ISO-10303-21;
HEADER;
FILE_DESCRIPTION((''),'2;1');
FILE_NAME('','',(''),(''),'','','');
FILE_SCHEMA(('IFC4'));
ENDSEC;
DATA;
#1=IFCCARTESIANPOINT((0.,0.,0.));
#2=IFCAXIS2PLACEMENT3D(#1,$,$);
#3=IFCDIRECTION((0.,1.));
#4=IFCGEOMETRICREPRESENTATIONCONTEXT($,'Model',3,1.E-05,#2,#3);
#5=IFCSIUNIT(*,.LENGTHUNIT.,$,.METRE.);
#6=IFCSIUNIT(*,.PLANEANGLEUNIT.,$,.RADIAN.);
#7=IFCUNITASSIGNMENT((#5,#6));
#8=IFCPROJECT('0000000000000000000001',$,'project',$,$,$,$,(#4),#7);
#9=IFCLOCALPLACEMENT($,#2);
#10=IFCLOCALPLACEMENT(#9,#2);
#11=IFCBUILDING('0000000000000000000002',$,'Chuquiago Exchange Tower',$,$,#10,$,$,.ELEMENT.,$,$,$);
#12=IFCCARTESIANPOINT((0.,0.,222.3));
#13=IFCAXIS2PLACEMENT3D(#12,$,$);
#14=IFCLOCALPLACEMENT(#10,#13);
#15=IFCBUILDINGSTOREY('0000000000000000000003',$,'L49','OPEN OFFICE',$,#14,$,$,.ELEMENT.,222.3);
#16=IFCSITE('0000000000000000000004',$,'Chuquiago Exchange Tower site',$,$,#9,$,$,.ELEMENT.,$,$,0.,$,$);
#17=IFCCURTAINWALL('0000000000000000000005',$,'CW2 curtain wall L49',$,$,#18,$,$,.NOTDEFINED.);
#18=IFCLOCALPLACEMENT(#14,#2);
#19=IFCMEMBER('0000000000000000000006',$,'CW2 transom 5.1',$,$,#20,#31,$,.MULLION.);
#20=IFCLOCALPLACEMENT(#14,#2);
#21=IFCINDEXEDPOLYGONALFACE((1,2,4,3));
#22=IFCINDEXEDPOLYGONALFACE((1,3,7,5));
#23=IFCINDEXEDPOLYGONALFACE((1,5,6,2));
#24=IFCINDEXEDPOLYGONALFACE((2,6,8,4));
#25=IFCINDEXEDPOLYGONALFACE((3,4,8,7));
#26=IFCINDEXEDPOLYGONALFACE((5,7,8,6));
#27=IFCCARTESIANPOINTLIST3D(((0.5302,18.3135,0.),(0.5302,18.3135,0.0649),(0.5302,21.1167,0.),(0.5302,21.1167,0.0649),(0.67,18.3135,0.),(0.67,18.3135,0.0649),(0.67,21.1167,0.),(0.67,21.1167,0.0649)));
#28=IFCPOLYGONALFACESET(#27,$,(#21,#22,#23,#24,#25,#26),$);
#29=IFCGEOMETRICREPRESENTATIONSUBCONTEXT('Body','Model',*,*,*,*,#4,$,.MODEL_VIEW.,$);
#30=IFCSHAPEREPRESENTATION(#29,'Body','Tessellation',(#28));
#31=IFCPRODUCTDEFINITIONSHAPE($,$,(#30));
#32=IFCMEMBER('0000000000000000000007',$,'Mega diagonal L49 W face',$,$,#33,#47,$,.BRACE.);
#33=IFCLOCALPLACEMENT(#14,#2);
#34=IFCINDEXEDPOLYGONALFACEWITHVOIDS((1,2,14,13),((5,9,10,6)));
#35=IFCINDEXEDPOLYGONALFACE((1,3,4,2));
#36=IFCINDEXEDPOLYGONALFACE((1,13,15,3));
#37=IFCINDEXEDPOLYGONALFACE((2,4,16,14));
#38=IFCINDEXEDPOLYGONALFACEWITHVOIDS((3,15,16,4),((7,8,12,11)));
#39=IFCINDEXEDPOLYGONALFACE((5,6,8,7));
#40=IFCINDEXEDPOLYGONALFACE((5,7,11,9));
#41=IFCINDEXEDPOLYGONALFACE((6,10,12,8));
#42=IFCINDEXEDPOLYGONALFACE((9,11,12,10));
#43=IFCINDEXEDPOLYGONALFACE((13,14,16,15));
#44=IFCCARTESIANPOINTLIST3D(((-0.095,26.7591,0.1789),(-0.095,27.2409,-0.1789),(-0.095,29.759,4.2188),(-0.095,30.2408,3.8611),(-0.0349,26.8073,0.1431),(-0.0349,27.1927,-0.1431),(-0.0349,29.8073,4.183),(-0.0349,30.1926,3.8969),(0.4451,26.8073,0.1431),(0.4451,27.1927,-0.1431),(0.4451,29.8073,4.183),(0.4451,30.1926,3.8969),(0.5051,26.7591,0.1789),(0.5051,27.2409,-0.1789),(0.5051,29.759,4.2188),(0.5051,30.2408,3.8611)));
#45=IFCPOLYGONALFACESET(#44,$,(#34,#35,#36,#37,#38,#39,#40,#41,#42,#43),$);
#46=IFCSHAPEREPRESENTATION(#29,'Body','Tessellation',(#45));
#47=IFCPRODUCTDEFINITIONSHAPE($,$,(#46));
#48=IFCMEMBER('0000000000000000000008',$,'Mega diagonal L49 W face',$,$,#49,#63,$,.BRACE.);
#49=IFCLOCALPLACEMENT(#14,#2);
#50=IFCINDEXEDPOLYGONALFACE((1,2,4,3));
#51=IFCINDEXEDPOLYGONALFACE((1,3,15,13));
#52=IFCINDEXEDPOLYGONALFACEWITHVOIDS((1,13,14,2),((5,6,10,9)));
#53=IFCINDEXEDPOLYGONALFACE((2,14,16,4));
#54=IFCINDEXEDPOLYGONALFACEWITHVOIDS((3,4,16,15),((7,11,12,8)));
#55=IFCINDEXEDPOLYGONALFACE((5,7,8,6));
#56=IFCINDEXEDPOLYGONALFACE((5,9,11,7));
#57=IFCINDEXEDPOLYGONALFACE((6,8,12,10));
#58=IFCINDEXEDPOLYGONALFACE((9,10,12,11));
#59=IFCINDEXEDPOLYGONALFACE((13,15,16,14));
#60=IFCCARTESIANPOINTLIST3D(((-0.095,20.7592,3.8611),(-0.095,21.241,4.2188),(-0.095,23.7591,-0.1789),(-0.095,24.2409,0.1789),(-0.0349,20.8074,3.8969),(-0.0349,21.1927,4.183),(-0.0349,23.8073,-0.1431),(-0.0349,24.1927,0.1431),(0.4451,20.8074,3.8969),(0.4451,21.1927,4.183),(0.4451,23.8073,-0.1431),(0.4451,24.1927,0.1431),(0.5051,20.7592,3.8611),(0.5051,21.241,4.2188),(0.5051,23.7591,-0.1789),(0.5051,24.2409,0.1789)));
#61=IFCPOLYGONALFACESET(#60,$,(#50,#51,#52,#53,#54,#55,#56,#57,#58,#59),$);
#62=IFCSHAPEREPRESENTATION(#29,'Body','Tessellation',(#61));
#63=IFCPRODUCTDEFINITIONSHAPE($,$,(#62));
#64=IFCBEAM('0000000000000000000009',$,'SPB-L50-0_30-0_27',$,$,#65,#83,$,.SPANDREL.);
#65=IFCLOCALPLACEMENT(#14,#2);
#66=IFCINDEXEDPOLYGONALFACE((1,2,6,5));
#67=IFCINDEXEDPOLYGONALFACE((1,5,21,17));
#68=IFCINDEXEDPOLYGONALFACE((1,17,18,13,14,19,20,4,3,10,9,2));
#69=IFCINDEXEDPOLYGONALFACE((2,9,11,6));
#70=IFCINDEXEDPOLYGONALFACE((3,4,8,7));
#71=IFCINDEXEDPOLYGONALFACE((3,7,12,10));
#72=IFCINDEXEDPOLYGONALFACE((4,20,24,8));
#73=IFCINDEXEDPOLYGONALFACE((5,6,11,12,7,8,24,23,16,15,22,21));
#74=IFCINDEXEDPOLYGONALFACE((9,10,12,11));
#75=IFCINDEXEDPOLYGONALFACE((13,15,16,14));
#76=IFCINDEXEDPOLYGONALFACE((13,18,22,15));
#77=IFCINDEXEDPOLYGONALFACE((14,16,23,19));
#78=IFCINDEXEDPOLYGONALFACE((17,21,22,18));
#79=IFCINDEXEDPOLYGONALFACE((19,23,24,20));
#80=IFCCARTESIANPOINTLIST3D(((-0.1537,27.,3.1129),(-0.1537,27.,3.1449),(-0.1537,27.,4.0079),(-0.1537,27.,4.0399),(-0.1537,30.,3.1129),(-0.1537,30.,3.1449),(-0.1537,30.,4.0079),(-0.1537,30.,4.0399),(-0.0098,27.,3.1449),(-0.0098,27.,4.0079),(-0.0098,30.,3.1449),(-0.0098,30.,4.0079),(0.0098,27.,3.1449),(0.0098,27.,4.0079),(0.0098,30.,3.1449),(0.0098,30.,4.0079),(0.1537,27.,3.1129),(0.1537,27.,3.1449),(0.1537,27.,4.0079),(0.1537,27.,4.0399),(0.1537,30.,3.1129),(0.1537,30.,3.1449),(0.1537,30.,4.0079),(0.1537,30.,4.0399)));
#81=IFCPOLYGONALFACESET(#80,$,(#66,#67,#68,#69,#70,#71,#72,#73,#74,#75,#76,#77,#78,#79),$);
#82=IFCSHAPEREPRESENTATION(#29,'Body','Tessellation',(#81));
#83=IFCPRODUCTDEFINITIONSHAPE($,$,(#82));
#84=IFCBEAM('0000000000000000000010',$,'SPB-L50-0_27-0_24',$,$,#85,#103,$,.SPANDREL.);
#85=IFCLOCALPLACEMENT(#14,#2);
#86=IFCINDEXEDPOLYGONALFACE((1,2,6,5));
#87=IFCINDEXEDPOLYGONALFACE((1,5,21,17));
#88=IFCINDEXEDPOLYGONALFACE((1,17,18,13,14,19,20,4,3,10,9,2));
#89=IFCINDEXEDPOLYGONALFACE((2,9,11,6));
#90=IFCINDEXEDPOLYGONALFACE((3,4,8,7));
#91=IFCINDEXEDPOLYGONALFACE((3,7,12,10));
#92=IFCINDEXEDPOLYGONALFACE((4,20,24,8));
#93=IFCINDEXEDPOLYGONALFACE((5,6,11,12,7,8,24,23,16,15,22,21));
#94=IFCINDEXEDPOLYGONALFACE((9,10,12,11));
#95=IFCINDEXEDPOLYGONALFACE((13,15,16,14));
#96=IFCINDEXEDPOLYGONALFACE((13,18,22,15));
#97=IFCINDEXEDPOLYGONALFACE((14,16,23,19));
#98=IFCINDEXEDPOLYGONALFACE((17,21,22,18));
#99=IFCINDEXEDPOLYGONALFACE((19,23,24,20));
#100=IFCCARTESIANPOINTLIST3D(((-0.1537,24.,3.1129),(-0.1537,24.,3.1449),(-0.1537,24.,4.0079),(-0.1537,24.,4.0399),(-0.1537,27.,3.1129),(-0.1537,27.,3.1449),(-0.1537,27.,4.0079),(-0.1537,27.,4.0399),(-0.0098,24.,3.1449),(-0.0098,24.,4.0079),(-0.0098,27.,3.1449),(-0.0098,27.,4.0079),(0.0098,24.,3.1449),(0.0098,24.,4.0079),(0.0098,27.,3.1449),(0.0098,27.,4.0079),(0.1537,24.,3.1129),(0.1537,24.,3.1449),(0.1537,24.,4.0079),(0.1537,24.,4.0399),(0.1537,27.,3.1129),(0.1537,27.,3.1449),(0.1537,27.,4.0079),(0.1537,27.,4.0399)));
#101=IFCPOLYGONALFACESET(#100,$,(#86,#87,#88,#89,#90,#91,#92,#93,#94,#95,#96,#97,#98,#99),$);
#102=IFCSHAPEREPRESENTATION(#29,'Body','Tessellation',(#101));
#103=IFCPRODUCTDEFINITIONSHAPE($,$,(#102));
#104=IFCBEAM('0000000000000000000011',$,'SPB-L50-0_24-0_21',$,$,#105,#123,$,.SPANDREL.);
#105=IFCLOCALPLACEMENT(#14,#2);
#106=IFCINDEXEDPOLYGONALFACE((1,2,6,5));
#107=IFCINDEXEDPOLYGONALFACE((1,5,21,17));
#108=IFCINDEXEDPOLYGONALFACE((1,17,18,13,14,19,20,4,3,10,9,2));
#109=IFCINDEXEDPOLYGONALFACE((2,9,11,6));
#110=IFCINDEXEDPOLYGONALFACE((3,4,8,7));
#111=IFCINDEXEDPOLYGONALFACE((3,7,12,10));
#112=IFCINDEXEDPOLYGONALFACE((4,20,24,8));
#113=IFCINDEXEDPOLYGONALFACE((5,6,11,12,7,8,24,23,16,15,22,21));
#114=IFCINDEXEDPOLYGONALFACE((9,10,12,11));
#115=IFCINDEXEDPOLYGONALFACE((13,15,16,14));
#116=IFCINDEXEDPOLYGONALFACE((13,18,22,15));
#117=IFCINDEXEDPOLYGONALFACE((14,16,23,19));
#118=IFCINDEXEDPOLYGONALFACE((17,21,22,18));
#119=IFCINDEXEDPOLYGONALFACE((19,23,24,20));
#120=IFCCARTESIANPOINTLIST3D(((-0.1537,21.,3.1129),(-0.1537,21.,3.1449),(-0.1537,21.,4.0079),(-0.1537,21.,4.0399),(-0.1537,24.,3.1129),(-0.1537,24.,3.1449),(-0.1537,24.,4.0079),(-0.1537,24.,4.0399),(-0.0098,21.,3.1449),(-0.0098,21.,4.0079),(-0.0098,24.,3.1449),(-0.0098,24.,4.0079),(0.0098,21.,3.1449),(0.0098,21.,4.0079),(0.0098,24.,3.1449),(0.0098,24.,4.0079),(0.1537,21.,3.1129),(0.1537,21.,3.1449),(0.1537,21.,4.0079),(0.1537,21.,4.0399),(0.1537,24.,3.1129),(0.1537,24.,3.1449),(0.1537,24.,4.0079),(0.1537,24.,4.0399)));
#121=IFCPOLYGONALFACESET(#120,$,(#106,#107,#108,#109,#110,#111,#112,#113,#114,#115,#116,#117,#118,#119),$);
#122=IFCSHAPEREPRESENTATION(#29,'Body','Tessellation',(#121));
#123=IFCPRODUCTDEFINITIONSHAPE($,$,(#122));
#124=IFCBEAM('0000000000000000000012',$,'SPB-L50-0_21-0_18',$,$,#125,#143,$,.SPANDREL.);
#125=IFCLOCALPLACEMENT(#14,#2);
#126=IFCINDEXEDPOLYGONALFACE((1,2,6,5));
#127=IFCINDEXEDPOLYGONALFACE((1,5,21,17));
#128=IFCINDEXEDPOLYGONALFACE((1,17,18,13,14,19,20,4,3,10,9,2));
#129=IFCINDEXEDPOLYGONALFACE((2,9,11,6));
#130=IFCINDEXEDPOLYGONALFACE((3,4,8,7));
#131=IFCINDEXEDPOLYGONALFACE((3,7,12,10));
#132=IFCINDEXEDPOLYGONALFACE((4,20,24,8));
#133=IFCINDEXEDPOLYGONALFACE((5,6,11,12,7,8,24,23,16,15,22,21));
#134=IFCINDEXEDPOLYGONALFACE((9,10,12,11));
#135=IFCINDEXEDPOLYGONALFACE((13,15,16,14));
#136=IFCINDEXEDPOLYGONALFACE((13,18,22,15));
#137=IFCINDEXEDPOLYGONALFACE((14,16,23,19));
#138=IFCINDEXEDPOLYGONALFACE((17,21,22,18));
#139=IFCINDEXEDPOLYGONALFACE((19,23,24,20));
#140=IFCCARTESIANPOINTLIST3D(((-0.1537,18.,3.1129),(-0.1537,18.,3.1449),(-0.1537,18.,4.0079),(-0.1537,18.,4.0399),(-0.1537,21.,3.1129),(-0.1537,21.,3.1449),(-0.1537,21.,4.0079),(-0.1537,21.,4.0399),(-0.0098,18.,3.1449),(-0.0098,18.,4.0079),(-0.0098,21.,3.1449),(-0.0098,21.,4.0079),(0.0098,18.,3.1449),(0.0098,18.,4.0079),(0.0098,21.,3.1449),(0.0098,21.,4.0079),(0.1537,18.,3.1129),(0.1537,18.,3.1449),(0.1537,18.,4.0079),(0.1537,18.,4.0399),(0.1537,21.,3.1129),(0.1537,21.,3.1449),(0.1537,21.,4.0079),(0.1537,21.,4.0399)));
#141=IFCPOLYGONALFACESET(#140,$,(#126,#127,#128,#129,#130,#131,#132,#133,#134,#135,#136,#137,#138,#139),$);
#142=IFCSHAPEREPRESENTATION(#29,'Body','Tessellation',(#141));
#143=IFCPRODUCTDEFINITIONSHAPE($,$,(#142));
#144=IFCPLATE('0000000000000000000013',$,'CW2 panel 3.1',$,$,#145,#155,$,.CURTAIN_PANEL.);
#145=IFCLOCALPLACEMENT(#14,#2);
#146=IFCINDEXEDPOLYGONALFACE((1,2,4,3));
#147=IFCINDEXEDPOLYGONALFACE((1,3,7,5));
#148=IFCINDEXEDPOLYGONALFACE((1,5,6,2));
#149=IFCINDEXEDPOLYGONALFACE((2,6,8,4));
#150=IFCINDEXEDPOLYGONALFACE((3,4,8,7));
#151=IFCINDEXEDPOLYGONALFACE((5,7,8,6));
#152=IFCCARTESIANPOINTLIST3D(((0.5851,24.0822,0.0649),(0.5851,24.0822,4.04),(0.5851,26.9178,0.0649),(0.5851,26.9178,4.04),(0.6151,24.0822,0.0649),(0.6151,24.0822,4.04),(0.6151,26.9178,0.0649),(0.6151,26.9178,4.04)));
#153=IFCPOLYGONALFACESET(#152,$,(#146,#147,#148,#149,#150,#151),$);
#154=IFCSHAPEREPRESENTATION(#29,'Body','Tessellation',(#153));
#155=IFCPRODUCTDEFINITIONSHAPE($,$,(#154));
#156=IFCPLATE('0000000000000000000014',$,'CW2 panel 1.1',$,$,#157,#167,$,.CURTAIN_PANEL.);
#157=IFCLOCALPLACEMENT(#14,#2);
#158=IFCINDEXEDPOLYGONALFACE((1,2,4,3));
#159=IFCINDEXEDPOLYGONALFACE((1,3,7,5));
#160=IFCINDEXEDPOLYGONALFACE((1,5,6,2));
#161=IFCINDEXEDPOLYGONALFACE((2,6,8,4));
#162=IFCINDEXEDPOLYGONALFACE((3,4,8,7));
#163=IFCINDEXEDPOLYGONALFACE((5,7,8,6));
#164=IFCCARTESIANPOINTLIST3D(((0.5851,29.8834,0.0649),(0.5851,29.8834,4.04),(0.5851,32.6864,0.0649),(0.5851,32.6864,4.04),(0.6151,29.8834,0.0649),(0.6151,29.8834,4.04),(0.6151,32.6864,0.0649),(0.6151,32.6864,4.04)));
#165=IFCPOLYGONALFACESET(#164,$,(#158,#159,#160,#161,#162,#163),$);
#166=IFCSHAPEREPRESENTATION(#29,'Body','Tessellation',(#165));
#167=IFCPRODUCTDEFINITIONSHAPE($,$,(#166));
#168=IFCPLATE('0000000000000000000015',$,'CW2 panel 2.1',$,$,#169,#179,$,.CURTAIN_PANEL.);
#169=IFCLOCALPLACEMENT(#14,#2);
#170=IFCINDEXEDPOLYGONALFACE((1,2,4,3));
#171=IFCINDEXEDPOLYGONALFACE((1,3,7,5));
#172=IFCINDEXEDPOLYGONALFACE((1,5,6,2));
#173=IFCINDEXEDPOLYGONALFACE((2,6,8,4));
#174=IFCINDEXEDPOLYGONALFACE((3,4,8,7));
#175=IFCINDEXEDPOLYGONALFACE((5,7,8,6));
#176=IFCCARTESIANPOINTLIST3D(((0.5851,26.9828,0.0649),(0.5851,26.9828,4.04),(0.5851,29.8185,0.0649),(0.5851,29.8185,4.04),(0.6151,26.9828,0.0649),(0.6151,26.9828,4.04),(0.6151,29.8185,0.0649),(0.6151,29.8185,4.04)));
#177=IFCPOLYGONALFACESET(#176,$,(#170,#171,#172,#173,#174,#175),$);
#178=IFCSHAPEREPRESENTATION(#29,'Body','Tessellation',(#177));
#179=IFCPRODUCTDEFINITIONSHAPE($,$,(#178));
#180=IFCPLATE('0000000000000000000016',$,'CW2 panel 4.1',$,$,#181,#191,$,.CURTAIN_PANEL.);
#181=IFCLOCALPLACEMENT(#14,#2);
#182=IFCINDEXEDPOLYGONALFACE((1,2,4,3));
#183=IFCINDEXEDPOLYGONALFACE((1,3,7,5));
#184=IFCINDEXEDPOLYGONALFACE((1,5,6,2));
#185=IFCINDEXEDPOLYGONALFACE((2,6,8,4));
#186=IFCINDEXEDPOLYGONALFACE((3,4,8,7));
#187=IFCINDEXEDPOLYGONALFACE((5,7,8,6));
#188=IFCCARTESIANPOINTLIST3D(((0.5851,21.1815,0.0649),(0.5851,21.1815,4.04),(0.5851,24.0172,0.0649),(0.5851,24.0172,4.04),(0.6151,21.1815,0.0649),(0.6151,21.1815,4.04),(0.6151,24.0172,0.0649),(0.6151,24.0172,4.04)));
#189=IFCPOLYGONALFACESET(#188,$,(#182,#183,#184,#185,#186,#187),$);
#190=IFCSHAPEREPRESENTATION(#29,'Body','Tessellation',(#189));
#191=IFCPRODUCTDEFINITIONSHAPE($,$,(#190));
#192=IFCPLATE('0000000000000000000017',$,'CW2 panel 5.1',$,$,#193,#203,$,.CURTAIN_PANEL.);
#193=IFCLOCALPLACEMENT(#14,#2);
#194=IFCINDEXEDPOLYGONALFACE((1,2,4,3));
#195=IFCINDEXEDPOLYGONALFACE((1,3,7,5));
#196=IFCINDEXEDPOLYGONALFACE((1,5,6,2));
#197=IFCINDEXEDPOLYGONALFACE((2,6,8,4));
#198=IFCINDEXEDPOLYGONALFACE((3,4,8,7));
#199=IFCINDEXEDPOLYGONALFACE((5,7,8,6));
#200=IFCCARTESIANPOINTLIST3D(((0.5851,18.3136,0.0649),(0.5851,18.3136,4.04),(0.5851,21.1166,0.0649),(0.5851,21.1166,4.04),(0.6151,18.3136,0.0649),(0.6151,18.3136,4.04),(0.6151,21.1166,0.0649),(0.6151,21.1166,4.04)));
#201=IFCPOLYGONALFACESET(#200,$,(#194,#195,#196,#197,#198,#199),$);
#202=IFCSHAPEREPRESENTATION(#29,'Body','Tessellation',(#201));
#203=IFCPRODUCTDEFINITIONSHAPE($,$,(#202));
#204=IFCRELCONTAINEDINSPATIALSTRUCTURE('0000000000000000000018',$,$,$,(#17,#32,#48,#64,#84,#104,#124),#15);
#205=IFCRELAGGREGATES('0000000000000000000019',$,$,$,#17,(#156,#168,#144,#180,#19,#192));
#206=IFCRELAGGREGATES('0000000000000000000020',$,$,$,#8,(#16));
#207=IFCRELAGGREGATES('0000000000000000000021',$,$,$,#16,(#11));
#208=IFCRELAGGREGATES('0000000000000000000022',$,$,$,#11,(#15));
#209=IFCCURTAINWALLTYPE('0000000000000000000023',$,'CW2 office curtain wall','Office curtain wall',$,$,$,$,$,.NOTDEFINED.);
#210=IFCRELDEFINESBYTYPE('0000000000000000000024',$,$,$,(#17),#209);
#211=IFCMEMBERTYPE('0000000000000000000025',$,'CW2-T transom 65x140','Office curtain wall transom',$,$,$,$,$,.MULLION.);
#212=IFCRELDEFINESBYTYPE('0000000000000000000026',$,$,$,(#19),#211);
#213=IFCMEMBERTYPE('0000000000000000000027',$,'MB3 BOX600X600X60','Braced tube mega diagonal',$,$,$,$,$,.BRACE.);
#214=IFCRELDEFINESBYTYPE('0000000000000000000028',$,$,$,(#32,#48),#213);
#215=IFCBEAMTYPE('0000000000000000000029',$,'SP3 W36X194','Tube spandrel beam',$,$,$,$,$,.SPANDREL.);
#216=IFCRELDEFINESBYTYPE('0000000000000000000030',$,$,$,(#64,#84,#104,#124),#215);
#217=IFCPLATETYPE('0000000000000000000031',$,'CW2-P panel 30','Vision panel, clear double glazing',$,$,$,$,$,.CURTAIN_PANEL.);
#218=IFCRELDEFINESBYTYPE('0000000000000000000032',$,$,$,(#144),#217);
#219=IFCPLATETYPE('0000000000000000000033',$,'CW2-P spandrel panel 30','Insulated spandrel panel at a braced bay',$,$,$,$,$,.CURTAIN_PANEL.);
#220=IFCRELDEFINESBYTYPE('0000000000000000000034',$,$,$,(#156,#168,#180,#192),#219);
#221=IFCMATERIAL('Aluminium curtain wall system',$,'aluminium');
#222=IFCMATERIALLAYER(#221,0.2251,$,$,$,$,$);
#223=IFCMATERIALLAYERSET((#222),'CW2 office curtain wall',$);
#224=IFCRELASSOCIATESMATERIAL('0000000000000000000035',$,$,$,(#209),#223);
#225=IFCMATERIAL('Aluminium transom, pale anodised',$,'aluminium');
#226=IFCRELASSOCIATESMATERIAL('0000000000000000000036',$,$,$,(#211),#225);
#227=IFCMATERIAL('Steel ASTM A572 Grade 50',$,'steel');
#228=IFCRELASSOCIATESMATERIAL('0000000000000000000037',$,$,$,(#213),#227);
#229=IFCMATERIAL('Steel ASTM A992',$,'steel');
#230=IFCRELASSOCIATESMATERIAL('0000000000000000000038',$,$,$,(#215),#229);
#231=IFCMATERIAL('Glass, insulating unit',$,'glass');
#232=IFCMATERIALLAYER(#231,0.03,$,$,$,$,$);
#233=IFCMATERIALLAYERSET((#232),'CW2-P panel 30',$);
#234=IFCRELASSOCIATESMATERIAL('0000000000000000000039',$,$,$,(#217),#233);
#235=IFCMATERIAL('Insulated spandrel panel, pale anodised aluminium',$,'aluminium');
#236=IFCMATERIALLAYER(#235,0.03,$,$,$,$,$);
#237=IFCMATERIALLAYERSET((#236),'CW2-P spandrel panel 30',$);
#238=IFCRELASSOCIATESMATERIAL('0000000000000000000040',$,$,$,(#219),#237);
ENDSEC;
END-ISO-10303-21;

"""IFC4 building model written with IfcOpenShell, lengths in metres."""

from ifc_helpers import new_model, si_unit, direction, frame, origin, origin_2d, place, context, subcontext, project, spatial, rectangle, hollow_rectangle, i_section, extrude, material, layer, layer_set, material_profile, profile_set, type_object, element, aggregate, save


model = new_model("IFC4")

# Units and contexts
model_context = context("Model", 3, precision=1e-05, world=origin(), true_north=direction((0.0, 1.0)))
body_context = subcontext(model_context, "Body", "Model", "MODEL_VIEW")
ifc_project = project(units=[si_unit("LENGTHUNIT", "METRE"), si_unit("PLANEANGLEUNIT", "RADIAN")], contexts=[model_context])

# Site, building, storey
site_placement = place(None, origin())
site = spatial("IfcSite", under=ifc_project, at=site_placement, Name="Chuquiago Exchange Tower site", CompositionType="ELEMENT", RefElevation=0.0)
building_placement = place(site_placement, origin())
building = spatial("IfcBuilding", under=site, at=building_placement, Name="Chuquiago Exchange Tower", CompositionType="ELEMENT")
storey_placement = place(building_placement, frame((0.0, 0.0, 222.3)))
storey = spatial("IfcBuildingStorey", under=building, at=storey_placement, Name="L49", Description="OPEN OFFICE", CompositionType="ELEMENT", Elevation=222.3)

# Curtain wall, member
ifc_material_1 = material(Name="Aluminium curtain wall system", Category="aluminium")
ifc_layer_1 = layer(ifc_material_1, 0.2251)
ifc_layer_set_1 = layer_set([ifc_layer_1], Name="CW2 office curtain wall")
curtain_wall_type = type_object("IfcCurtainWallType", Name="CW2 office curtain wall", Description="Office curtain wall", PredefinedType="NOTDEFINED", material=ifc_layer_set_1)
curtain_wall_placement = place(storey_placement, origin())
curtain_wall = element("IfcCurtainWall", 1, at=curtain_wall_placement, inside=storey, type_object=curtain_wall_type, Name="CW2 curtain wall L49", PredefinedType="NOTDEFINED")
ifc_material_2 = material(Name="Aluminium transom, pale anodised", Category="aluminium")
ifc_material_profile_1 = material_profile(ifc_material_2, rectangle(XDim=0.1399, YDim=0.0649, at=origin_2d()), Name="AL 140x65")
ifc_profile_set_1 = profile_set([ifc_material_profile_1], Name="Aluminium transom, pale anodised")
member_type_1 = type_object("IfcMemberType", Name="CW2-T transom 65x140", Description="Office curtain wall transom", PredefinedType="MULLION", material=ifc_profile_set_1)
member_1_placement = place(storey_placement, frame((0.6001, 21.1167, 0.0325), z_axis=(0.0, -1.0, 0.0), x_axis=(1.0, 0.0, 0.0)))
member_1 = element("IfcMember", 2, at=member_1_placement, type_object=member_type_1, Name="CW2 transom 5.1", PredefinedType="MULLION", context=body_context, shape_type="SweptSolid", body=[
    extrude(rectangle(XDim=0.1399, YDim=0.0649, at=origin_2d()), origin(), (0.0, 0.0, 1.0), 2.8032),
])

# Members
ifc_material_3 = material(Name="Steel ASTM A572 Grade 50", Category="steel")
ifc_material_profile_2 = material_profile(ifc_material_3, hollow_rectangle(XDim=0.6001, YDim=0.6001, WallThickness=0.0601, at=origin_2d()), Name="BOX600X600X60")
ifc_profile_set_2 = profile_set([ifc_material_profile_2], Name="Steel ASTM A572 Grade 50")
member_type_2 = type_object("IfcMemberType", Name="MB3 BOX600X600X60", Description="Braced tube mega diagonal", PredefinedType="BRACE", material=ifc_profile_set_2)
for number, where, z_axis, x_axis, name in (
    (3, (0.2051, 27.0, 0.0), (0.0, 0.596174, 0.802855), (-1.0, 0.0, 0.0), "Mega diagonal L49 W face"),
    (4, (0.2051, 24.0, 0.0), (0.0, -0.596174, 0.802855), (1.0, 0.0, 0.0), "Mega diagonal L49 W face"),
):
    element("IfcMember", number, at=place(storey_placement, frame(where, z_axis=z_axis, x_axis=x_axis)), inside=storey, type_object=member_type_2, Name=name, PredefinedType="BRACE", context=body_context, shape_type="SweptSolid", body=[
        extrude(hollow_rectangle(XDim=0.6001, YDim=0.6001, WallThickness=0.0601, at=origin_2d()), origin(), (0.0, 0.0, 1.0), 5.032),
    ])

# Beams
ifc_material_4 = material(Name="Steel ASTM A992", Category="steel")
ifc_material_profile_3 = material_profile(ifc_material_4, i_section(OverallWidth=0.3074, OverallDepth=0.927, WebThickness=0.0195, FlangeThickness=0.032, at=origin_2d()), Name="W36X194")
ifc_profile_set_3 = profile_set([ifc_material_profile_3], Name="Steel ASTM A992")
beam_type = type_object("IfcBeamType", Name="SP3 W36X194", Description="Tube spandrel beam", PredefinedType="SPANDREL", material=ifc_profile_set_3)
for number, where, z_axis, x_axis, name in (
    (5, (0.0, 30.0, 3.5764), (0.0, -1.0, 0.0), (1.0, 0.0, 0.0), "SPB-L50-0_30-0_27"),
    (6, (0.0, 27.0, 3.5764), (0.0, -1.0, 0.0), (1.0, 0.0, 0.0), "SPB-L50-0_27-0_24"),
    (7, (0.0, 24.0, 3.5764), (0.0, -1.0, 0.0), (1.0, 0.0, 0.0), "SPB-L50-0_24-0_21"),
    (8, (0.0, 21.0, 3.5764), (0.0, -1.0, 0.0), (1.0, 0.0, 0.0), "SPB-L50-0_21-0_18"),
):
    element("IfcBeam", number, at=place(storey_placement, frame(where, z_axis=z_axis, x_axis=x_axis)), inside=storey, type_object=beam_type, Name=name, PredefinedType="SPANDREL", context=body_context, shape_type="SweptSolid", body=[
        extrude(i_section(OverallWidth=0.3074, OverallDepth=0.927, WebThickness=0.0195, FlangeThickness=0.032, at=origin_2d()), origin(), (0.0, 0.0, 1.0), 3.0),
    ])

# Plates
ifc_material_5 = material(Name="Glass, insulating unit", Category="glass")
ifc_layer_2 = layer(ifc_material_5, 0.03)
ifc_layer_set_2 = layer_set([ifc_layer_2], Name="CW2-P panel 30")
plate_type_1 = type_object("IfcPlateType", Name="CW2-P panel 30", Description="Vision panel, clear double glazing", PredefinedType="CURTAIN_PANEL", material=ifc_layer_set_2)
plate_1_placement = place(storey_placement, frame((0.6001, 25.5, 0.0649), z_axis=(0.0, 0.0, 1.0), x_axis=(0.0, -1.0, 0.0)))
plate_1 = element("IfcPlate", 9, at=plate_1_placement, type_object=plate_type_1, Name="CW2 panel 3.1", PredefinedType="CURTAIN_PANEL", context=body_context, shape_type="SweptSolid", body=[
    extrude(rectangle(XDim=2.8357, YDim=0.03, at=origin_2d()), origin(), (0.0, 0.0, 1.0), 3.9751),
])
ifc_material_6 = material(Name="Insulated spandrel panel, pale anodised aluminium", Category="aluminium")
ifc_layer_3 = layer(ifc_material_6, 0.03)
ifc_layer_set_3 = layer_set([ifc_layer_3], Name="CW2-P spandrel panel 30")
plate_type_2 = type_object("IfcPlateType", Name="CW2-P spandrel panel 30", Description="Insulated spandrel panel at a braced bay", PredefinedType="CURTAIN_PANEL", material=ifc_layer_set_3)
plate_2_placement = place(storey_placement, frame((0.6001, 31.2849, 0.0649), z_axis=(0.0, 0.0, 1.0), x_axis=(0.0, -1.0, 0.0)))
plate_2 = element("IfcPlate", 10, at=plate_2_placement, type_object=plate_type_2, Name="CW2 panel 1.1", PredefinedType="CURTAIN_PANEL", context=body_context, shape_type="SweptSolid", body=[
    extrude(rectangle(XDim=2.803, YDim=0.03, at=origin_2d()), origin(), (0.0, 0.0, 1.0), 3.9751),
])
plate_3_placement = place(storey_placement, frame((0.6001, 28.4006, 0.0649), z_axis=(0.0, 0.0, 1.0), x_axis=(0.0, -1.0, 0.0)))
plate_3 = element("IfcPlate", 11, at=plate_3_placement, type_object=plate_type_2, Name="CW2 panel 2.1", PredefinedType="CURTAIN_PANEL", context=body_context, shape_type="SweptSolid", body=[
    extrude(rectangle(XDim=2.8357, YDim=0.03, at=origin_2d()), origin(), (0.0, 0.0, 1.0), 3.9751),
])
plate_4_placement = place(storey_placement, frame((0.6001, 22.5994, 0.0649), z_axis=(0.0, 0.0, 1.0), x_axis=(0.0, -1.0, 0.0)))
plate_4 = element("IfcPlate", 12, at=plate_4_placement, type_object=plate_type_2, Name="CW2 panel 4.1", PredefinedType="CURTAIN_PANEL", context=body_context, shape_type="SweptSolid", body=[
    extrude(rectangle(XDim=2.8357, YDim=0.03, at=origin_2d()), origin(), (0.0, 0.0, 1.0), 3.9751),
])
plate_5_placement = place(storey_placement, frame((0.6001, 19.7151, 0.0649), z_axis=(0.0, 0.0, 1.0), x_axis=(0.0, -1.0, 0.0)))
plate_5 = element("IfcPlate", 13, at=plate_5_placement, type_object=plate_type_2, Name="CW2 panel 5.1", PredefinedType="CURTAIN_PANEL", context=body_context, shape_type="SweptSolid", body=[
    extrude(rectangle(XDim=2.803, YDim=0.03, at=origin_2d()), origin(), (0.0, 0.0, 1.0), 3.9751),
])
aggregate(curtain_wall, [plate_2, plate_3, plate_1, plate_4, member_1, plate_5])

save(model, "model.ifc")
